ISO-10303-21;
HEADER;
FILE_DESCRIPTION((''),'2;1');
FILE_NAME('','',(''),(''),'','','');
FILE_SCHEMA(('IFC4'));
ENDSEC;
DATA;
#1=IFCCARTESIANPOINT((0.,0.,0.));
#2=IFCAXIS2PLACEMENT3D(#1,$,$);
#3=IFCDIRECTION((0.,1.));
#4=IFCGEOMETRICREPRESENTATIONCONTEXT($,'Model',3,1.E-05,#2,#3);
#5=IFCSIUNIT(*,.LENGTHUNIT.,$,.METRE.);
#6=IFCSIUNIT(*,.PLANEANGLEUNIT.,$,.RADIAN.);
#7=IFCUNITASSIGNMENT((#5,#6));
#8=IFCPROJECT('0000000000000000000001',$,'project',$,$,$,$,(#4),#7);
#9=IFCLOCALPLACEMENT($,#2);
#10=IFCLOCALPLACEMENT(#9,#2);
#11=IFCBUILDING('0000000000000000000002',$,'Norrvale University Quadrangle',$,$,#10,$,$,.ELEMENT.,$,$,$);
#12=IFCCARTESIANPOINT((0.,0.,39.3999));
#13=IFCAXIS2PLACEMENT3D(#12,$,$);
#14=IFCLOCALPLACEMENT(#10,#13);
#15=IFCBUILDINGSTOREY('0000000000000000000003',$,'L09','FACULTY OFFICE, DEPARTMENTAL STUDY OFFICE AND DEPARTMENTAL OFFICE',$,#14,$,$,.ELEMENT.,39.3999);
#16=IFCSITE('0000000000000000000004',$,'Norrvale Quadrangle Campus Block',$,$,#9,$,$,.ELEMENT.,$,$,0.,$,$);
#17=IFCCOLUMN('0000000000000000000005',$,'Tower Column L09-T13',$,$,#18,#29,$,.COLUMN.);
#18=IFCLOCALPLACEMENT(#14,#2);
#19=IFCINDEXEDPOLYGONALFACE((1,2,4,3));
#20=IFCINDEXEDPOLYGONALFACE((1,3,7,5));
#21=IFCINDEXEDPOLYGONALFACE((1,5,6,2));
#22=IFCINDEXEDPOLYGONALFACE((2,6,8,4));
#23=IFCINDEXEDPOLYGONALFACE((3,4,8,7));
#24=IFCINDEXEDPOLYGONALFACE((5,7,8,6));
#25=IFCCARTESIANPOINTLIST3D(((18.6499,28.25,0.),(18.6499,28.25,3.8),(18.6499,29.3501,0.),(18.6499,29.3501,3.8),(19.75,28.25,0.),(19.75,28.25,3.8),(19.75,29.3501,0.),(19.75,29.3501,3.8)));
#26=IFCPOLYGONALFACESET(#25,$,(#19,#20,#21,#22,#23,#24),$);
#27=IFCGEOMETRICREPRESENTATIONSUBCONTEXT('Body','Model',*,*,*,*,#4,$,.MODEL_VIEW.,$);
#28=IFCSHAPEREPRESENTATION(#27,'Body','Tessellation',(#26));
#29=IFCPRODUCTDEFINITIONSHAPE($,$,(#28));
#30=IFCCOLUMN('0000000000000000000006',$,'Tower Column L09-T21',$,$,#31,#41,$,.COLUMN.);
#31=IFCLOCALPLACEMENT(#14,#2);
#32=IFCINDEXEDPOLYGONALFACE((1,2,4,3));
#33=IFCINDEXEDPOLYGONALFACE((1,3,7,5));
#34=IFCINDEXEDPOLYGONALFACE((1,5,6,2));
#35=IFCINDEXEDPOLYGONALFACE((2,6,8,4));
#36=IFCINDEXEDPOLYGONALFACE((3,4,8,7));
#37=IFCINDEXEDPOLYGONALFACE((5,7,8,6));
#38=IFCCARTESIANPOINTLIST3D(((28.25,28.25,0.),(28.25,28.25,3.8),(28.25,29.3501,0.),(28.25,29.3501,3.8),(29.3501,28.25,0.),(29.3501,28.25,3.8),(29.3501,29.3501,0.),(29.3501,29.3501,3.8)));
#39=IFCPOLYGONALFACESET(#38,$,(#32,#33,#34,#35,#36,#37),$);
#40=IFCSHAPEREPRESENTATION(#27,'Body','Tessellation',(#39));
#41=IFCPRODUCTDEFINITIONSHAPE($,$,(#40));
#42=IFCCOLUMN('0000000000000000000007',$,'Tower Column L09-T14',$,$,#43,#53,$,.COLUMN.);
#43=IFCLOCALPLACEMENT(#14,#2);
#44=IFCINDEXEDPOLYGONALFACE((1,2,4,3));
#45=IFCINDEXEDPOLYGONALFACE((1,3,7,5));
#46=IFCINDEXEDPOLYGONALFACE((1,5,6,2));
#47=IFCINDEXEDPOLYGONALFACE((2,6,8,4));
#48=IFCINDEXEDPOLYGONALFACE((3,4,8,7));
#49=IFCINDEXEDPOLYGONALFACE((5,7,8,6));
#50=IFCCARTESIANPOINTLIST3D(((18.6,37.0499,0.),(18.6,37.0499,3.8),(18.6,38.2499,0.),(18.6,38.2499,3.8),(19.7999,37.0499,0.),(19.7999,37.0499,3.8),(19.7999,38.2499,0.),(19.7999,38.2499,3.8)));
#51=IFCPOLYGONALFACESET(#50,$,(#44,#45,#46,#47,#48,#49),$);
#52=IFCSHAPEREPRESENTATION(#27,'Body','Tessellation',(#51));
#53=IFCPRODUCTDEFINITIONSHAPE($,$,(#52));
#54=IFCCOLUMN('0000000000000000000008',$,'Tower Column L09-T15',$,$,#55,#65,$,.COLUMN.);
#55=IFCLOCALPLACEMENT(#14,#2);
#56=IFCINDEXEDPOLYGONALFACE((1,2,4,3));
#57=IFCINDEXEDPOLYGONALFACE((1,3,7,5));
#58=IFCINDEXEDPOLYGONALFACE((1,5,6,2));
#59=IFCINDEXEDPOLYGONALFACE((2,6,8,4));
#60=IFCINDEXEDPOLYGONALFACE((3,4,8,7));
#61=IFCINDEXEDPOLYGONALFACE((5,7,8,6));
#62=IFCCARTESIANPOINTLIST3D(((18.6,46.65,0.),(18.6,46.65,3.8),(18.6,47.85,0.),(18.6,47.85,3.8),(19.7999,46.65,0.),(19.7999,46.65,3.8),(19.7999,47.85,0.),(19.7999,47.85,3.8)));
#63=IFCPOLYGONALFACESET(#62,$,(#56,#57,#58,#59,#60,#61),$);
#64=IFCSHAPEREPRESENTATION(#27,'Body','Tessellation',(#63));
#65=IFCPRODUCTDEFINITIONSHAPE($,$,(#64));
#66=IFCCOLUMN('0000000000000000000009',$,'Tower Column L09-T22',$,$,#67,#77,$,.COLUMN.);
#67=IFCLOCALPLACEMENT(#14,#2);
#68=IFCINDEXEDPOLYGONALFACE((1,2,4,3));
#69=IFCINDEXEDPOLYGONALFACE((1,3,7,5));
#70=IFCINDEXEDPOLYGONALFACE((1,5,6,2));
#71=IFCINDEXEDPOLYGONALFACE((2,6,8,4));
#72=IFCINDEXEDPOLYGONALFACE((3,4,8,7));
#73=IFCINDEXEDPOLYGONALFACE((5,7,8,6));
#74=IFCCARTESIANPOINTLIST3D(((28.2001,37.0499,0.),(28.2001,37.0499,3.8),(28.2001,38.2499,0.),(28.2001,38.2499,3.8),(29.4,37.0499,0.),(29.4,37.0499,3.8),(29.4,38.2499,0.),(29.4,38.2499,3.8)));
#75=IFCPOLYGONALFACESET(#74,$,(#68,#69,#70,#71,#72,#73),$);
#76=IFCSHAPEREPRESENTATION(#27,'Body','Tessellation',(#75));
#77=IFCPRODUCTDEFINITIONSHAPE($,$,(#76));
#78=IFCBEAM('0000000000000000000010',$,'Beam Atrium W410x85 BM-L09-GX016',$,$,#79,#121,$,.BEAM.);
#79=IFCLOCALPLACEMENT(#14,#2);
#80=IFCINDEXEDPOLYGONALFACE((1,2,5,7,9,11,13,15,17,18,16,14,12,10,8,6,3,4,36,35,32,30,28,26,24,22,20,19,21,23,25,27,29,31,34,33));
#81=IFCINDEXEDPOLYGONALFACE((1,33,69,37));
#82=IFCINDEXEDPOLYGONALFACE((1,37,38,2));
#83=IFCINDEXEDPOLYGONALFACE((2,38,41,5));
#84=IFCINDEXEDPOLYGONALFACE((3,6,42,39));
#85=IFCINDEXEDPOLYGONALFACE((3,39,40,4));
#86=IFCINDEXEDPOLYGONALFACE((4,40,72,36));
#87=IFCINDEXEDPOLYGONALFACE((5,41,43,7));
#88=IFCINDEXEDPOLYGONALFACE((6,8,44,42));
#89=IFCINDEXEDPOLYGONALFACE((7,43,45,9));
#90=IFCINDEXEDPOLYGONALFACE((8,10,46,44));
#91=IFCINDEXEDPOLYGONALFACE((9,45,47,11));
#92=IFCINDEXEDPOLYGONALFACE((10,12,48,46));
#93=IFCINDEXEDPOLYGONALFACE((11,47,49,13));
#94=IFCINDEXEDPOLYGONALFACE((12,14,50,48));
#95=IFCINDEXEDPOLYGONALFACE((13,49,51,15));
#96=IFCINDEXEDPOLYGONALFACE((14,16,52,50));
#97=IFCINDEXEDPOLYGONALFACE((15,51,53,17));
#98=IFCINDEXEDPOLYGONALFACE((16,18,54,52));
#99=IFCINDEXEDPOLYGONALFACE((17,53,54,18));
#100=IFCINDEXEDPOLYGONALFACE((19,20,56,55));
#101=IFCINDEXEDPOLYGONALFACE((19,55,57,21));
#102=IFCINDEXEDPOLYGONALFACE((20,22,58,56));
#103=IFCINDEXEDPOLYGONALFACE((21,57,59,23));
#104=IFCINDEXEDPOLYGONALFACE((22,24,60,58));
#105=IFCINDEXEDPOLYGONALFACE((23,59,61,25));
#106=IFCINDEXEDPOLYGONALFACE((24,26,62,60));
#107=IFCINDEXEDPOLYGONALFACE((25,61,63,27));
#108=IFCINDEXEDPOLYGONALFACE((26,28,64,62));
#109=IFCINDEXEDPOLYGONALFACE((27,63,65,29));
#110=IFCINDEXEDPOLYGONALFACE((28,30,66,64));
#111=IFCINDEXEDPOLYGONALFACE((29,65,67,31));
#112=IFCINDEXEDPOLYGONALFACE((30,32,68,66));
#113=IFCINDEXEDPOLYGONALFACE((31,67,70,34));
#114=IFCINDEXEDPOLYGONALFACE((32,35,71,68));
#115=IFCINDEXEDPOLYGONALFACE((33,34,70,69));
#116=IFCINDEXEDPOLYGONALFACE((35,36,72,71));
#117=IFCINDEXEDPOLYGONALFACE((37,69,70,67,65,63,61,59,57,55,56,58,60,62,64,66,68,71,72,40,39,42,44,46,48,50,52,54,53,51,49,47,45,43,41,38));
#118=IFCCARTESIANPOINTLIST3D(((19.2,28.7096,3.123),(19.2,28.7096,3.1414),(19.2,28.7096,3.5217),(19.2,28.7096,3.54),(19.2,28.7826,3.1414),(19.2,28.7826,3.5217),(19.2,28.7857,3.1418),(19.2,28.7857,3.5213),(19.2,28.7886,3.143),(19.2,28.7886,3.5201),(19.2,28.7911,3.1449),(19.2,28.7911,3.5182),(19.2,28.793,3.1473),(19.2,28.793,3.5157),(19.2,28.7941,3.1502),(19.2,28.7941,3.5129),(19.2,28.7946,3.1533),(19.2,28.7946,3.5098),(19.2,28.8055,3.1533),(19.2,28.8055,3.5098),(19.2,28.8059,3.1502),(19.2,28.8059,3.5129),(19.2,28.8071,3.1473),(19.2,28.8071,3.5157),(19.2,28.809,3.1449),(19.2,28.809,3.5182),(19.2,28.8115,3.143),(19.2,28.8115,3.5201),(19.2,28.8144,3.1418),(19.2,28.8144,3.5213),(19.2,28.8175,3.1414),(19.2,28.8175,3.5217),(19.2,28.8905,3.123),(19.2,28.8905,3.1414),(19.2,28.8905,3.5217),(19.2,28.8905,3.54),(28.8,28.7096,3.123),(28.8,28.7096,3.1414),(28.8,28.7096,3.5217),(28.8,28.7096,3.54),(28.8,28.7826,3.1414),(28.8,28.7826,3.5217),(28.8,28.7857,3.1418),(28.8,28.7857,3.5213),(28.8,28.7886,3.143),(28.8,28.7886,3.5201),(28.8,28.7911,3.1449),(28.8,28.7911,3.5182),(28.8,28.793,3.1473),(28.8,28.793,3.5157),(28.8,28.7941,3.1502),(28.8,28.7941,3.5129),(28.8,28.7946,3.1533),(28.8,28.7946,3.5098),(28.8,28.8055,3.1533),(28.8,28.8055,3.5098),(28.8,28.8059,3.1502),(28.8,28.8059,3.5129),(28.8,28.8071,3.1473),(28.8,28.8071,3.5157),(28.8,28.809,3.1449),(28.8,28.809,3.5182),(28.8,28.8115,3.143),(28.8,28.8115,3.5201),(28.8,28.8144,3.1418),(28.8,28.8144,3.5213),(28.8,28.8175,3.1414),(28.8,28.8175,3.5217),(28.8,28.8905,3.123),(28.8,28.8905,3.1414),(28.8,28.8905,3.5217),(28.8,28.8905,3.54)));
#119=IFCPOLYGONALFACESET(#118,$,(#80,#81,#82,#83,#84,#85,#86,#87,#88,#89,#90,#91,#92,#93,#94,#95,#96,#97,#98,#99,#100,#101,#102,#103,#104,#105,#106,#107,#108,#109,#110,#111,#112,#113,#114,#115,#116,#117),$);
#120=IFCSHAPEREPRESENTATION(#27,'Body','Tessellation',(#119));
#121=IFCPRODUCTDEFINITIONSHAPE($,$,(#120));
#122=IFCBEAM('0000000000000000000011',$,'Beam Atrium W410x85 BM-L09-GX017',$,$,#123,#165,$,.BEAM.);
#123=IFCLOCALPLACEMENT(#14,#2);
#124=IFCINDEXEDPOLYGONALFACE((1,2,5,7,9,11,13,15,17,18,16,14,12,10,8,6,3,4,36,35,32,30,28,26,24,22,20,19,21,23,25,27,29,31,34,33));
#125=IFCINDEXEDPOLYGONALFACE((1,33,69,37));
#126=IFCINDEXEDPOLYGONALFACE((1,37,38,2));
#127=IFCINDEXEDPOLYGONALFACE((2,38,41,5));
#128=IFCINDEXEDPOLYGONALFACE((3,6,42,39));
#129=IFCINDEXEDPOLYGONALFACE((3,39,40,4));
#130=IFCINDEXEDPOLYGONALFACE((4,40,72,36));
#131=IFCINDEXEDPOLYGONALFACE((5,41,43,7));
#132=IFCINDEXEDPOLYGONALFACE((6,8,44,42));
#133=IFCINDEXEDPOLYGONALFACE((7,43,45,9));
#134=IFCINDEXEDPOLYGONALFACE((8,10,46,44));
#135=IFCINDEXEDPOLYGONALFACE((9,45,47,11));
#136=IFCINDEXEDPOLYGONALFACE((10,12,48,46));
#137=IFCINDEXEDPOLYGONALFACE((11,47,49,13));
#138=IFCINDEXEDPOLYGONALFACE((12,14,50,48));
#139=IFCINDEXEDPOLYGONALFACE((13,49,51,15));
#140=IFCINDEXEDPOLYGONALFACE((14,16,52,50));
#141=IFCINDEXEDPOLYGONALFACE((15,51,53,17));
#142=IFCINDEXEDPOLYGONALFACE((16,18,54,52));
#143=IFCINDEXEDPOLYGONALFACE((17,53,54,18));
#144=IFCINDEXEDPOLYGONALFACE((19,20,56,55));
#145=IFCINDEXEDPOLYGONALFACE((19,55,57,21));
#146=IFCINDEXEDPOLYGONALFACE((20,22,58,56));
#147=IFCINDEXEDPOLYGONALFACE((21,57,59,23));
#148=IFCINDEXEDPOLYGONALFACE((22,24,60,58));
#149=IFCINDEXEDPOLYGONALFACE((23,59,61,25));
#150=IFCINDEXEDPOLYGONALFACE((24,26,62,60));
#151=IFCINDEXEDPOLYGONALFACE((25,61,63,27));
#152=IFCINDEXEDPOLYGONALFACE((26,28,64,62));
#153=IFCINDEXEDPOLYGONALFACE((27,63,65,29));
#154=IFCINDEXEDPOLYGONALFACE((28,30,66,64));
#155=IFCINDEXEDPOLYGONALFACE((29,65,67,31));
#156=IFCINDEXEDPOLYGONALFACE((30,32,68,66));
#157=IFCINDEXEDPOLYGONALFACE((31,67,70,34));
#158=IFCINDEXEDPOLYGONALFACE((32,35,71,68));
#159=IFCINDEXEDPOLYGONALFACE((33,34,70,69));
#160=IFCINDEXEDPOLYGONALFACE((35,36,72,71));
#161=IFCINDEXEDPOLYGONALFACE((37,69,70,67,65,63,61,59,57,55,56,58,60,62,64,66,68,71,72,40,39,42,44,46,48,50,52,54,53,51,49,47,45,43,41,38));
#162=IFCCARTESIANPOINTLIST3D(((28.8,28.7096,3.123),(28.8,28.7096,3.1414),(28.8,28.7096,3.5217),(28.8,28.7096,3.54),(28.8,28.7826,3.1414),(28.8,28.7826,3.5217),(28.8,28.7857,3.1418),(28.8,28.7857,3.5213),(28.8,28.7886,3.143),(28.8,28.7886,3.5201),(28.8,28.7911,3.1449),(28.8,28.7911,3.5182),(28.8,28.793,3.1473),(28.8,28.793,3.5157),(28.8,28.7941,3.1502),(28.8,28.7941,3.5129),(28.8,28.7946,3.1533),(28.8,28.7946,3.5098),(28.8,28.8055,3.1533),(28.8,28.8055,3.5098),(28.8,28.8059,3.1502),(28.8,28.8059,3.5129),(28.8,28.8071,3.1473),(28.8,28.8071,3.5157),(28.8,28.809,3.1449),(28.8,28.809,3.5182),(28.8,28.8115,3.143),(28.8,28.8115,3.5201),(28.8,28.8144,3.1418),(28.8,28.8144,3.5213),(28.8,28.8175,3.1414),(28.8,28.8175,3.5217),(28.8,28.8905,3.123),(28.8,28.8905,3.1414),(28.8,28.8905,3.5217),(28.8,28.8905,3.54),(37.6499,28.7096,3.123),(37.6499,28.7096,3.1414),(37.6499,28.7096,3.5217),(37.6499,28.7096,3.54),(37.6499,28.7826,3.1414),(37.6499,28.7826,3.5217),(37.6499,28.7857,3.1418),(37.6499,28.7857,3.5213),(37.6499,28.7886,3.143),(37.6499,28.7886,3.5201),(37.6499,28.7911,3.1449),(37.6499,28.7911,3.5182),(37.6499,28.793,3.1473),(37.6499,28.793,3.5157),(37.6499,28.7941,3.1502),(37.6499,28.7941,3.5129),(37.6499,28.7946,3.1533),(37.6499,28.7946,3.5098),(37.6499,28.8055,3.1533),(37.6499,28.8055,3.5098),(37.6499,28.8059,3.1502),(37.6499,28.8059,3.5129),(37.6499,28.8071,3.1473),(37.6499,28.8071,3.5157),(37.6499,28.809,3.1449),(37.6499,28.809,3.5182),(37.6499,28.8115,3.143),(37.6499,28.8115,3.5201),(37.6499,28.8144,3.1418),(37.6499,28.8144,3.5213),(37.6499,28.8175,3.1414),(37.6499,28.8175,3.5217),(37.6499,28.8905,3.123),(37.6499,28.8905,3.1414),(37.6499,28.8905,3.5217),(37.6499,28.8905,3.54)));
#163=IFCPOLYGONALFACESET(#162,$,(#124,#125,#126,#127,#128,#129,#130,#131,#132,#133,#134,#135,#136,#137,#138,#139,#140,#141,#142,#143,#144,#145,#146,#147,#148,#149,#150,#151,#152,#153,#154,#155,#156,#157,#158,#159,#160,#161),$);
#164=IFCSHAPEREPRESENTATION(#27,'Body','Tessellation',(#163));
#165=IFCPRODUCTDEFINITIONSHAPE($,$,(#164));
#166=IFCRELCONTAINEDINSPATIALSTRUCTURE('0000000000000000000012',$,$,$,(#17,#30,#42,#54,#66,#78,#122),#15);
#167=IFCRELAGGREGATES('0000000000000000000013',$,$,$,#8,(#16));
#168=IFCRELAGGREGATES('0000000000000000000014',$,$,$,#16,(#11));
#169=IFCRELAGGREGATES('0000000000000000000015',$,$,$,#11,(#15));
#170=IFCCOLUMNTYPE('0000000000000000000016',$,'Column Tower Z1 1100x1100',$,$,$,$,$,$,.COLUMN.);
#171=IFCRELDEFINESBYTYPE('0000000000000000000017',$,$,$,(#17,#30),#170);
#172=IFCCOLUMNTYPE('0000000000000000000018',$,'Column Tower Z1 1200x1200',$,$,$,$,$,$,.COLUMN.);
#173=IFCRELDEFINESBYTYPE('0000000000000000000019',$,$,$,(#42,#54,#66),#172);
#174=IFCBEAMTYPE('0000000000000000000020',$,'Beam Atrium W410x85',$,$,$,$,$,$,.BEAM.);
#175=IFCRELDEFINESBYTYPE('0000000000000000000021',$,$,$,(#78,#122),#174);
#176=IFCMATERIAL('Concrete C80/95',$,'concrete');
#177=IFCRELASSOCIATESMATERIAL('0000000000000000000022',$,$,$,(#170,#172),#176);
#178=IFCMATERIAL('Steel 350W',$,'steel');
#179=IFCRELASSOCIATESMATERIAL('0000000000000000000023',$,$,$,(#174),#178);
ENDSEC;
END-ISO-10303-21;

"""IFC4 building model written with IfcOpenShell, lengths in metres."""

from ifc_helpers import new_model, si_unit, direction, frame, origin, origin_2d, place, context, subcontext, project, spatial, rectangle, i_section, extrude, material, material_profile, profile_set, type_object, element, save


model = new_model("IFC4")

# Units and contexts
model_context = context("Model", 3, precision=1e-05, world=origin(), true_north=direction((0.0, 1.0)))
body_context = subcontext(model_context, "Body", "Model", "MODEL_VIEW")
ifc_project = project(units=[si_unit("LENGTHUNIT", "METRE"), si_unit("PLANEANGLEUNIT", "RADIAN")], contexts=[model_context])

# Site, building, storey
site_placement = place(None, origin())
site = spatial("IfcSite", under=ifc_project, at=site_placement, Name="Norrvale Quadrangle Campus Block", CompositionType="ELEMENT", RefElevation=0.0)
building_placement = place(site_placement, origin())
building = spatial("IfcBuilding", under=site, at=building_placement, Name="Norrvale University Quadrangle", CompositionType="ELEMENT")
storey_placement = place(building_placement, frame((0.0, 0.0, 39.3999)))
storey = spatial("IfcBuildingStorey", under=building, at=storey_placement, Name="L09", Description="FACULTY OFFICE, DEPARTMENTAL STUDY OFFICE AND DEPARTMENTAL OFFICE", CompositionType="ELEMENT", Elevation=39.3999)

# Columns
ifc_material_1 = material(Name="Concrete C80/95", Category="concrete")
ifc_material_profile_1 = material_profile(ifc_material_1, rectangle(XDim=1.1001, YDim=1.1001, at=origin_2d()), Name="Concrete C80/95")
ifc_profile_set_1 = profile_set([ifc_material_profile_1], Name="Concrete C80/95")
column_type_1 = type_object("IfcColumnType", Name="Column Tower Z1 1100x1100", PredefinedType="COLUMN", material=ifc_profile_set_1)
for number, where, z_axis, x_axis, name in (
    (1, (19.2, 28.8, 0.0), (0.0, 0.0, 1.0), (1.0, 0.0, 0.0), "Tower Column L09-T13"),
    (2, (28.8, 28.8, 0.0), (0.0, 0.0, 1.0), (1.0, 0.0, 0.0), "Tower Column L09-T21"),
):
    element("IfcColumn", number, at=place(storey_placement, frame(where, z_axis=z_axis, x_axis=x_axis)), inside=storey, type_object=column_type_1, Name=name, PredefinedType="COLUMN", context=body_context, shape_type="SweptSolid", body=[
        extrude(rectangle(XDim=1.1001, YDim=1.1001, at=origin_2d()), origin(), (0.0, 0.0, 1.0), 3.8),
    ])
ifc_material_profile_2 = material_profile(ifc_material_1, rectangle(XDim=1.2, YDim=1.2, at=origin_2d()), Name="Concrete C80/95")
ifc_profile_set_2 = profile_set([ifc_material_profile_2], Name="Concrete C80/95")
column_type_2 = type_object("IfcColumnType", Name="Column Tower Z1 1200x1200", PredefinedType="COLUMN", material=ifc_profile_set_2)
for number, where, z_axis, x_axis, name in (
    (3, (19.2, 37.6499, 0.0), (0.0, 0.0, 1.0), (1.0, 0.0, 0.0), "Tower Column L09-T14"),
    (4, (19.2, 47.25, 0.0), (0.0, 0.0, 1.0), (1.0, 0.0, 0.0), "Tower Column L09-T15"),
    (5, (28.8, 37.6499, 0.0), (0.0, 0.0, 1.0), (1.0, 0.0, 0.0), "Tower Column L09-T22"),
):
    element("IfcColumn", number, at=place(storey_placement, frame(where, z_axis=z_axis, x_axis=x_axis)), inside=storey, type_object=column_type_2, Name=name, PredefinedType="COLUMN", context=body_context, shape_type="SweptSolid", body=[
        extrude(rectangle(XDim=1.2, YDim=1.2, at=origin_2d()), origin(), (0.0, 0.0, 1.0), 3.8),
    ])

# Beams
ifc_material_2 = material(Name="Steel 350W", Category="steel")
ifc_material_profile_3 = material_profile(ifc_material_2, i_section(OverallWidth=0.1809, OverallDepth=0.417, WebThickness=0.011, FlangeThickness=0.0183, FilletRadius=0.012, at=origin_2d()), Name="Steel 350W")
ifc_profile_set_3 = profile_set([ifc_material_profile_3], Name="Steel 350W")
beam_type_1 = type_object("IfcBeamType", Name="Beam Atrium W410x85", PredefinedType="BEAM", material=ifc_profile_set_3)
beam_1_placement = place(storey_placement, frame((19.2, 28.8, 3.3315), z_axis=(1.0, 0.0, 0.0), x_axis=(0.0, 1.0, 0.0)))
element("IfcBeam", 6, at=beam_1_placement, inside=storey, type_object=beam_type_1, Name="Beam Atrium W410x85 BM-L09-GX016", PredefinedType="BEAM", context=body_context, shape_type="SweptSolid", body=[
    extrude(i_section(OverallWidth=0.1809, OverallDepth=0.417, WebThickness=0.011, FlangeThickness=0.0183, FilletRadius=0.012, at=origin_2d()), origin(), (0.0, 0.0, 1.0), 9.6001),
])
beam_2_placement = place(storey_placement, frame((28.8, 28.8, 3.3315), z_axis=(1.0, 0.0, 0.0), x_axis=(0.0, 1.0, 0.0)))
element("IfcBeam", 7, at=beam_2_placement, inside=storey, type_object=beam_type_1, Name="Beam Atrium W410x85 BM-L09-GX017", PredefinedType="BEAM", context=body_context, shape_type="SweptSolid", body=[
    extrude(i_section(OverallWidth=0.1809, OverallDepth=0.417, WebThickness=0.011, FlangeThickness=0.0183, FilletRadius=0.012, at=origin_2d()), origin(), (0.0, 0.0, 1.0), 8.8499),
])

save(model, "model.ifc")
